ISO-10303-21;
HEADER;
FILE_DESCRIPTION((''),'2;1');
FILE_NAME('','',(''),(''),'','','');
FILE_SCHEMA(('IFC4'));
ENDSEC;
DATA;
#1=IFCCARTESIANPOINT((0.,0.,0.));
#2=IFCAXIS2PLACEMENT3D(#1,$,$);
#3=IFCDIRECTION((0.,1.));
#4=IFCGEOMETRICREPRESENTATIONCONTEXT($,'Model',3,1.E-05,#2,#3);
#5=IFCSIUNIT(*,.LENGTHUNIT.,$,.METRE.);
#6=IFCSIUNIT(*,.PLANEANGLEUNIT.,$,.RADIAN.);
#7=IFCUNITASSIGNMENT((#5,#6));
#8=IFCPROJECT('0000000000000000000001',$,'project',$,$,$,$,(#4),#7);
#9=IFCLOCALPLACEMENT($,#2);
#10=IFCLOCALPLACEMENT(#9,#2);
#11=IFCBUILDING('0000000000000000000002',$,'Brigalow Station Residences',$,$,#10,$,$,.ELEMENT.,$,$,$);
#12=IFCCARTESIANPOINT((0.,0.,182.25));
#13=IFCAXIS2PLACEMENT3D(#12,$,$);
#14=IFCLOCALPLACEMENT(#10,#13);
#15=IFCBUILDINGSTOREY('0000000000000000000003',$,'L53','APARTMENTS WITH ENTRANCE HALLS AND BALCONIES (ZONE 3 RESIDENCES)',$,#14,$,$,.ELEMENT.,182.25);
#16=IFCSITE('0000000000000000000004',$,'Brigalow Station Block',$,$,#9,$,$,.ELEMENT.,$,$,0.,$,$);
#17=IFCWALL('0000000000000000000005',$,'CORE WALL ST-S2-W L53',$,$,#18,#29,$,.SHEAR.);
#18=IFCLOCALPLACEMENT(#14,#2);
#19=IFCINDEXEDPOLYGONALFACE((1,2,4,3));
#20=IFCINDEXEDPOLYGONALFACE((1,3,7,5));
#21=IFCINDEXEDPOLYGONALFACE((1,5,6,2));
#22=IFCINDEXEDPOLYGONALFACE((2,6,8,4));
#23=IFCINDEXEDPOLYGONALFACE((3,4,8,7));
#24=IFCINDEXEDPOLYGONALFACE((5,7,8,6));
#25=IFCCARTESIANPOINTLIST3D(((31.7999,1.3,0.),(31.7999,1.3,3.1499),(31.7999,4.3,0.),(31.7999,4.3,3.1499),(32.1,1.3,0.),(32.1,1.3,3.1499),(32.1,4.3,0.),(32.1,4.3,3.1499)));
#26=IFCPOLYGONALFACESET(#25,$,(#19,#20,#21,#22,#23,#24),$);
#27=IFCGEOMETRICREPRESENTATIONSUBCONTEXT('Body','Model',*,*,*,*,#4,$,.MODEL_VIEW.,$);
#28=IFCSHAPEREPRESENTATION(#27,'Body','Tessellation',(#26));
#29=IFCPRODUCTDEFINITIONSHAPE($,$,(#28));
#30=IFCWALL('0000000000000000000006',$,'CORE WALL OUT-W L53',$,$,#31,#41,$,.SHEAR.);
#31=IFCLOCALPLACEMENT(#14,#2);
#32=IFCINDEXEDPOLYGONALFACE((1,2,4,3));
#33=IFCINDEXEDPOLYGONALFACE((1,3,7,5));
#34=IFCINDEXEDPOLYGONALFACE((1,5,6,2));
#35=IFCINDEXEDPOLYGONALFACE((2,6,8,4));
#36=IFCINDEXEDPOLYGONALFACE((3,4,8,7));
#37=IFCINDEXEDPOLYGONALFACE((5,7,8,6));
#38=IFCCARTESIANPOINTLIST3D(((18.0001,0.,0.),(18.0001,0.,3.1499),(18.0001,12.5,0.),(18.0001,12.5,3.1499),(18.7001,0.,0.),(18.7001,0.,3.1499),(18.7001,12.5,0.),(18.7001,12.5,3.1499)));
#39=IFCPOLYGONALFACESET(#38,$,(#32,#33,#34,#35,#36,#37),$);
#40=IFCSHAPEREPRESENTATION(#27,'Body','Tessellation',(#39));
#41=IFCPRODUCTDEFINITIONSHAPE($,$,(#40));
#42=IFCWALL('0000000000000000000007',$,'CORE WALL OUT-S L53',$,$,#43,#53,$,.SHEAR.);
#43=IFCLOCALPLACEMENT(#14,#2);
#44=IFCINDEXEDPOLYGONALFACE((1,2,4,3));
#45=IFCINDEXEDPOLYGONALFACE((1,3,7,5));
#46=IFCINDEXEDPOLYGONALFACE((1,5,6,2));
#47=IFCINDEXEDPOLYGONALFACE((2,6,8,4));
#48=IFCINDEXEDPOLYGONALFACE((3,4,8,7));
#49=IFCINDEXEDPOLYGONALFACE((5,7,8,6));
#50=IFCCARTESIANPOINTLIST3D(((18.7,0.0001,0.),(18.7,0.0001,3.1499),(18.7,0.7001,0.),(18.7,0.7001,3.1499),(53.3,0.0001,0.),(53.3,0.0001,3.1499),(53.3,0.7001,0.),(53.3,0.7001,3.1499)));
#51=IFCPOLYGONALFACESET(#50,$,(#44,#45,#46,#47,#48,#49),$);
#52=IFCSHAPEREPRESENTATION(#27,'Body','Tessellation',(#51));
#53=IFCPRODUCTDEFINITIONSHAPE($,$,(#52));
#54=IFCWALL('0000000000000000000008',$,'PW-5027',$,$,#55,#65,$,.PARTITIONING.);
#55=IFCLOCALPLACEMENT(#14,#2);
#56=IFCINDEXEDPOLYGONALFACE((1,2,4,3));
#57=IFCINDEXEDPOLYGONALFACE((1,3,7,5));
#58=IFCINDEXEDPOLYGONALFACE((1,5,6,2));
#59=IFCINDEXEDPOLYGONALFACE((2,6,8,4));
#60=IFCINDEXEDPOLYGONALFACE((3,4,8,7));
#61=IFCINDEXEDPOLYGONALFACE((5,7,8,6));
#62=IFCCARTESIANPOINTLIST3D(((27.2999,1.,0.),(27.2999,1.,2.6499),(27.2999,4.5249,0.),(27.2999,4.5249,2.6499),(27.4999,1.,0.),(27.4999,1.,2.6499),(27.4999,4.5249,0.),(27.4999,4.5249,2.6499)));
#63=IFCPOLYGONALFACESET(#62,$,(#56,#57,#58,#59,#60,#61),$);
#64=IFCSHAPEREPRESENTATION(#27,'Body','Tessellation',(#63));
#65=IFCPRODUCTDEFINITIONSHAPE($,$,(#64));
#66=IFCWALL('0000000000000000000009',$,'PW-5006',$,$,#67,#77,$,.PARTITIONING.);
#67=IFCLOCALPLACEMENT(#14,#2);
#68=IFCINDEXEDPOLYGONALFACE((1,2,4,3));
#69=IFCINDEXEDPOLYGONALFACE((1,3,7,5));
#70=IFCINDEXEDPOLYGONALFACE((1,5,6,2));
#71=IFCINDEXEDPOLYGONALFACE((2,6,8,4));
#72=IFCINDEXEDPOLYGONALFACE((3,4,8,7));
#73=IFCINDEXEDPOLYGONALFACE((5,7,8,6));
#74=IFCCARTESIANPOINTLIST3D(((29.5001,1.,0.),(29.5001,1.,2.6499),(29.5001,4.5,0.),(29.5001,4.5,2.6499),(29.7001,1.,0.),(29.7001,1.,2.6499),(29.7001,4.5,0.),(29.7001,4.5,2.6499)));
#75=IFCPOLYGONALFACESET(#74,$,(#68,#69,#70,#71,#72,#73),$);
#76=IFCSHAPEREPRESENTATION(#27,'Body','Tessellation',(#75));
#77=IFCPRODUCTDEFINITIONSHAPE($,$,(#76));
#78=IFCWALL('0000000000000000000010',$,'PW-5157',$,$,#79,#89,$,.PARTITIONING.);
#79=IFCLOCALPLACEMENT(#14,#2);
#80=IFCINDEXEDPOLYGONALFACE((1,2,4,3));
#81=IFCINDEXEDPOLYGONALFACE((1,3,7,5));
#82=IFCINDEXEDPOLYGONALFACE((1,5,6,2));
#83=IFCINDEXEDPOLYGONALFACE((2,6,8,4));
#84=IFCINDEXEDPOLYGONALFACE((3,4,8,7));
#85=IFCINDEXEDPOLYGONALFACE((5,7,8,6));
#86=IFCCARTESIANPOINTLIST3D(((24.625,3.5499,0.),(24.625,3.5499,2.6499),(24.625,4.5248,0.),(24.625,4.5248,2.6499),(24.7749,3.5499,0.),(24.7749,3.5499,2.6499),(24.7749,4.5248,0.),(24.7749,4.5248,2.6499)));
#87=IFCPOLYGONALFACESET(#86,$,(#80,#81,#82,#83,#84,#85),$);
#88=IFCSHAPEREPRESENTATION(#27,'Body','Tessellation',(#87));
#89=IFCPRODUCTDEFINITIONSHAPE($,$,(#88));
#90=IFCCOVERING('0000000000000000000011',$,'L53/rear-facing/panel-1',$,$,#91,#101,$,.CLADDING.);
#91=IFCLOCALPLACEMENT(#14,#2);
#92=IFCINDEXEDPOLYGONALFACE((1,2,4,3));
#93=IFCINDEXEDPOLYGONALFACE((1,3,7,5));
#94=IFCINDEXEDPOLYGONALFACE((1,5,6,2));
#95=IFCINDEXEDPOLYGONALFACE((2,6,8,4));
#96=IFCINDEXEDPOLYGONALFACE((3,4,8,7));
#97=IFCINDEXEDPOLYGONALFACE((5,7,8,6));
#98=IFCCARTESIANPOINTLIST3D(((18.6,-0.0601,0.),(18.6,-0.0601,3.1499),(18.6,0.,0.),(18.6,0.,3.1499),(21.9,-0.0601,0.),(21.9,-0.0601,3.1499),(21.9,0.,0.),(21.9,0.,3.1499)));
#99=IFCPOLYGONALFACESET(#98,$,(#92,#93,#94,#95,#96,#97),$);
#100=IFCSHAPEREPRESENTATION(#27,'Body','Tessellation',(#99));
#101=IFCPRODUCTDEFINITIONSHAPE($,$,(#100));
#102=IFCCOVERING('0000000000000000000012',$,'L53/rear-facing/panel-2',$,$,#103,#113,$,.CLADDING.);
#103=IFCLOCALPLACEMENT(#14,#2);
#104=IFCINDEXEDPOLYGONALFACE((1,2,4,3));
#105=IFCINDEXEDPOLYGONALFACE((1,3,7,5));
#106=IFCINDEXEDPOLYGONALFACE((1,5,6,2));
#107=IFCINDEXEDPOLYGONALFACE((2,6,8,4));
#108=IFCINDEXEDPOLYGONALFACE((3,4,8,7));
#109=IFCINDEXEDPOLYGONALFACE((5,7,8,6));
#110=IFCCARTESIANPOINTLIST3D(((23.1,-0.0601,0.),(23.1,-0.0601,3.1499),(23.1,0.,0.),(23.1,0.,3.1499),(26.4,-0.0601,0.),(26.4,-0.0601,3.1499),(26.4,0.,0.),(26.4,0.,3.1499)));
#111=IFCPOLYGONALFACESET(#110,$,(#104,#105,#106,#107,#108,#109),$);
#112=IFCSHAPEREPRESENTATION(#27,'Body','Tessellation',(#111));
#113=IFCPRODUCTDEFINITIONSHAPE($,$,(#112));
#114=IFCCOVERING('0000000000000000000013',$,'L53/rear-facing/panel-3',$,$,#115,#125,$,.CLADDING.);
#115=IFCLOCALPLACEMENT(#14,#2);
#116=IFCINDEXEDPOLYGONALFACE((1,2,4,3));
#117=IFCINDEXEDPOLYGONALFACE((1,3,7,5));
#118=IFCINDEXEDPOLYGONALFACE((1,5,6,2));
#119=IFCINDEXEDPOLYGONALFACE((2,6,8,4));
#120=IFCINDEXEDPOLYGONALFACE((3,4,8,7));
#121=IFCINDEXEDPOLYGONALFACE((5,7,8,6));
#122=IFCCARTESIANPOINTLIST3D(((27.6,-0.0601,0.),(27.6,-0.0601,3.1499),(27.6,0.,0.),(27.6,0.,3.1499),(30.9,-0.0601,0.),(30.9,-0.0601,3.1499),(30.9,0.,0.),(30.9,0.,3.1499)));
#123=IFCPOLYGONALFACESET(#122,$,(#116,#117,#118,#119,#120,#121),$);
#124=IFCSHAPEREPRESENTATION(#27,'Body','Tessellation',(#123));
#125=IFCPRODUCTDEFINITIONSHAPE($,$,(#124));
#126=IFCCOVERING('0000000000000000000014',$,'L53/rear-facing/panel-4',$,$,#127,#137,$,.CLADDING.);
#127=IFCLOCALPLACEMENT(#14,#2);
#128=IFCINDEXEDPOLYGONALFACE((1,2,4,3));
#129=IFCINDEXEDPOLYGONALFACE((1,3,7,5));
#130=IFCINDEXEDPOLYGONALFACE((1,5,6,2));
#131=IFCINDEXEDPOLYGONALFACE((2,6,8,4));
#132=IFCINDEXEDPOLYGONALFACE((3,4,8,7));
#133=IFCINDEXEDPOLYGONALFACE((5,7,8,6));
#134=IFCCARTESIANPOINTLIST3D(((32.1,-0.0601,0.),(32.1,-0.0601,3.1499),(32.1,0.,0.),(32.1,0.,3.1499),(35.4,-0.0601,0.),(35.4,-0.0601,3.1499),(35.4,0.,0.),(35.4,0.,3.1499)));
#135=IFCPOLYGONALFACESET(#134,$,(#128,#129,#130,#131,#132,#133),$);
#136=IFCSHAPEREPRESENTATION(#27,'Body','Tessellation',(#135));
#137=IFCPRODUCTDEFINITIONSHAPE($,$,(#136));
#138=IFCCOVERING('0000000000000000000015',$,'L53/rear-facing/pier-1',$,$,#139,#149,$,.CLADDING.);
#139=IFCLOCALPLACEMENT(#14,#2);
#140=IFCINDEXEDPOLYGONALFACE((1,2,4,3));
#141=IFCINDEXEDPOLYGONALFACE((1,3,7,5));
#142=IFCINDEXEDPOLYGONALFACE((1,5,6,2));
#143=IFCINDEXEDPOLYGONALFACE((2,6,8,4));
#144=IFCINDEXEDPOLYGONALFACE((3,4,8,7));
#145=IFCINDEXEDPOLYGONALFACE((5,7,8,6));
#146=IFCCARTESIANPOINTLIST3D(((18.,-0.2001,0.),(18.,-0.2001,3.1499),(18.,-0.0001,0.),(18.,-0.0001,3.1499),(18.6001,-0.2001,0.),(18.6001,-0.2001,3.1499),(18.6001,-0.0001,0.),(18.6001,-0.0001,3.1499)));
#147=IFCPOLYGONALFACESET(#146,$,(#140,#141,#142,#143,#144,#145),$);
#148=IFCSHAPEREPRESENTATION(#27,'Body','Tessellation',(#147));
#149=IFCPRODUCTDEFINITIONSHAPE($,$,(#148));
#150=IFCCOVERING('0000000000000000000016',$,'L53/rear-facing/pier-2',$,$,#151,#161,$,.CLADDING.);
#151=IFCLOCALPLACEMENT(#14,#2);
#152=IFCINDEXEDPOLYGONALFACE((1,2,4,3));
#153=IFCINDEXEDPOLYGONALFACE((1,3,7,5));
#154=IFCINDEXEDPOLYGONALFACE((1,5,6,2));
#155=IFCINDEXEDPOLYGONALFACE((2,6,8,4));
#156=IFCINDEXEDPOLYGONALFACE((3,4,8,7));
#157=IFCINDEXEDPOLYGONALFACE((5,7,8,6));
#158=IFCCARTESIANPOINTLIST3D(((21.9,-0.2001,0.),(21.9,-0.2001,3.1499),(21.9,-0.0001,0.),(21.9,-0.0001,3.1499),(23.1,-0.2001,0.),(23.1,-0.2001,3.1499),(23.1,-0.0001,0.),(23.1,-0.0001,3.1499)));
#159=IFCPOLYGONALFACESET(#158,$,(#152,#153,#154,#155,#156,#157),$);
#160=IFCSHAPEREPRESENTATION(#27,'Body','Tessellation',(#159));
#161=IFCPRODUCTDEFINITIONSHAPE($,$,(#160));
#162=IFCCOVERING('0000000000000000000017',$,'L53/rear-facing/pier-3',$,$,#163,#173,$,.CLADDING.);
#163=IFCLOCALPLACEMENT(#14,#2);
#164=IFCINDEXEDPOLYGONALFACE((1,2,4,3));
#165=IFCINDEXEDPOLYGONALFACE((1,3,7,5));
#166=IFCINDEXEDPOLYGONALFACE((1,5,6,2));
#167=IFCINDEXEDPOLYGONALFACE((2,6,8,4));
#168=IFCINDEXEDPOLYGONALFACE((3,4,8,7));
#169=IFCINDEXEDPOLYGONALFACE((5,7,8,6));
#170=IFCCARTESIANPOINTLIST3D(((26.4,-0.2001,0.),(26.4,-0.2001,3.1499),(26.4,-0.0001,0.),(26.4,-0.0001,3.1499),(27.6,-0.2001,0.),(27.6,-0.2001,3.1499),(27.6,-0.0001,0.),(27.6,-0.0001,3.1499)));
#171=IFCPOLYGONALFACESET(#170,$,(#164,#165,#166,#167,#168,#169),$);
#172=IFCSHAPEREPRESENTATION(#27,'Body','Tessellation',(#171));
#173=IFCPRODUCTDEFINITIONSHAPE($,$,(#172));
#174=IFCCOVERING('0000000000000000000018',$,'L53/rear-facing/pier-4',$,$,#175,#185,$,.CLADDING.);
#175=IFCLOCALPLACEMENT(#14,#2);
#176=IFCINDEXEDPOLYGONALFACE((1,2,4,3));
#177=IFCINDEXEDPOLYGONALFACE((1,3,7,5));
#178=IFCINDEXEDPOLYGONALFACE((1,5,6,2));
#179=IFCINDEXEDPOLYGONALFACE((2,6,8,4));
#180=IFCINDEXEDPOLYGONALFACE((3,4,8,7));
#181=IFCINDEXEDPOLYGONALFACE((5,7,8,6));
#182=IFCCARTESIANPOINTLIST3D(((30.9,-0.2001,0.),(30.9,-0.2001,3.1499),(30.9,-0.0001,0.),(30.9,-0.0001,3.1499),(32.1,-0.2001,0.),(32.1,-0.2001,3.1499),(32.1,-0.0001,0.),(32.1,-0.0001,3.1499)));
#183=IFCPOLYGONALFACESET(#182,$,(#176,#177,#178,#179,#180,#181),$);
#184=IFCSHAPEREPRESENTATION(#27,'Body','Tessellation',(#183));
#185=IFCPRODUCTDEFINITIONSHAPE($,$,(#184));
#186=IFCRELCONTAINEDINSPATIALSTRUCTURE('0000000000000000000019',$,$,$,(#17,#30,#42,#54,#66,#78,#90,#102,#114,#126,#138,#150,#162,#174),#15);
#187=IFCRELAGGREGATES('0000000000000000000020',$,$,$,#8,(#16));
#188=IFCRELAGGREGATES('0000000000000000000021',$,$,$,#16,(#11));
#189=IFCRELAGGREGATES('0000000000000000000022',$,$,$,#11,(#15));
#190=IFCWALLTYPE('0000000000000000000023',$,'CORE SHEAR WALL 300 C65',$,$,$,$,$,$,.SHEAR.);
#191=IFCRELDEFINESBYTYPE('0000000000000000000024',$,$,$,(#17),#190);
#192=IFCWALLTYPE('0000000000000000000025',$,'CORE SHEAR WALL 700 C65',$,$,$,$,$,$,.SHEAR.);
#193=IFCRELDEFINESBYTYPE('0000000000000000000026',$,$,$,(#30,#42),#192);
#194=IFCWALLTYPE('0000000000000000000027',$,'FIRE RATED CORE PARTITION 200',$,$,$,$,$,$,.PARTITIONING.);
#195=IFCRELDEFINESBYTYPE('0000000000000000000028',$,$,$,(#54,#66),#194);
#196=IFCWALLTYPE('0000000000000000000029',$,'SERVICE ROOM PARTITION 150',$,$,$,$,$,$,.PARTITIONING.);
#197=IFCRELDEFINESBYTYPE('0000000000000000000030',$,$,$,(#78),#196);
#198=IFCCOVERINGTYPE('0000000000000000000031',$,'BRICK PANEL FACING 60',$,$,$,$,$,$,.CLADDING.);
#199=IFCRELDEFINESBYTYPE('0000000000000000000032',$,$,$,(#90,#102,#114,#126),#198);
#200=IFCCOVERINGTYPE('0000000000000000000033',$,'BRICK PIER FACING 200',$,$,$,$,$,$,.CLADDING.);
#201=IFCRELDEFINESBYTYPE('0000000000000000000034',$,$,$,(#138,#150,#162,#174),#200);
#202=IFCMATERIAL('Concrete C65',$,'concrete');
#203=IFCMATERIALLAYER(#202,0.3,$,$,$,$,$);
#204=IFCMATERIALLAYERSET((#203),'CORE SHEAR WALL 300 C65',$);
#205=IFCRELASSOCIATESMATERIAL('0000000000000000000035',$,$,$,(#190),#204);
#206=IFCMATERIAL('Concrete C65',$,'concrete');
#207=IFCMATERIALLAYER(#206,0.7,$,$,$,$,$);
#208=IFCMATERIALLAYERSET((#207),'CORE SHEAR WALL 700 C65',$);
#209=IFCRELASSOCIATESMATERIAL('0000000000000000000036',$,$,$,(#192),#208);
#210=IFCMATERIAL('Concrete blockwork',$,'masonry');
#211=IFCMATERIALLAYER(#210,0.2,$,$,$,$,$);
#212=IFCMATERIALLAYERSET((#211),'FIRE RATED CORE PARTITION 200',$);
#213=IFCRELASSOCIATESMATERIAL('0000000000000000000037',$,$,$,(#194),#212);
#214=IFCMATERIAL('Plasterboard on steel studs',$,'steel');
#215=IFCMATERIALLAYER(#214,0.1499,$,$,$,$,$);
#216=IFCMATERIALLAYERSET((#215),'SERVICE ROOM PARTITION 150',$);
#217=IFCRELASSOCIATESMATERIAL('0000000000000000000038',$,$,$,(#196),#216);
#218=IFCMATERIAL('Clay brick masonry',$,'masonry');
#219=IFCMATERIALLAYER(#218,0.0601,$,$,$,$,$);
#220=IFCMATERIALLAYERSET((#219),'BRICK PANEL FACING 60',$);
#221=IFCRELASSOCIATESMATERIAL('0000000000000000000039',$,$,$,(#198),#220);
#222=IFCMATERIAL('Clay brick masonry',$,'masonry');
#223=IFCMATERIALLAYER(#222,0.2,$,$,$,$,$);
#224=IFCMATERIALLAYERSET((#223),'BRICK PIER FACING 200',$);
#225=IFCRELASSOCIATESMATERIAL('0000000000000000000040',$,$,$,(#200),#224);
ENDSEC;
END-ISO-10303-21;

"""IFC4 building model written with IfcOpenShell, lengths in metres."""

from ifc_helpers import new_model, si_unit, direction, frame, frame_2d, origin, origin_2d, place, context, subcontext, project, spatial, rectangle, extrude, material, layer, layer_set, type_object, element, save


model = new_model("IFC4")

# Units and contexts
model_context = context("Model", 3, precision=1e-05, world=origin(), true_north=direction((0.0, 1.0)))
body_context = subcontext(model_context, "Body", "Model", "MODEL_VIEW")
ifc_project = project(units=[si_unit("LENGTHUNIT", "METRE"), si_unit("PLANEANGLEUNIT", "RADIAN")], contexts=[model_context])

# Site, building, storey
site_placement = place(None, origin())
site = spatial("IfcSite", under=ifc_project, at=site_placement, Name="Brigalow Station Block", CompositionType="ELEMENT", RefElevation=0.0)
building_placement = place(site_placement, origin())
building = spatial("IfcBuilding", under=site, at=building_placement, Name="Brigalow Station Residences", CompositionType="ELEMENT")
storey_placement = place(building_placement, frame((0.0, 0.0, 182.25)))
storey = spatial("IfcBuildingStorey", under=building, at=storey_placement, Name="L53", Description="APARTMENTS WITH ENTRANCE HALLS AND BALCONIES (ZONE 3 RESIDENCES)", CompositionType="ELEMENT", Elevation=182.25)

# Shared definitions
ifc_material_1 = material(Name="Concrete C65", Category="concrete")
ifc_layer_1 = layer(ifc_material_1, 0.3)
ifc_layer_set_1 = layer_set([ifc_layer_1], Name="CORE SHEAR WALL 300 C65")
wall_type_1 = type_object("IfcWallType", Name="CORE SHEAR WALL 300 C65", PredefinedType="SHEAR", material=ifc_layer_set_1)

# Walls
wall_1_placement = place(storey_placement, frame((31.95, 1.3, 0.0), z_axis=(0.0, 0.0, 1.0), x_axis=(0.0, 1.0, 0.0)))
element("IfcWall", 1, at=wall_1_placement, inside=storey, type_object=wall_type_1, Name="CORE WALL ST-S2-W L53", PredefinedType="SHEAR", context=body_context, shape_type="SweptSolid", body=[
    extrude(rectangle(XDim=3.0, YDim=0.3, at=frame_2d((1.5, 0.0))), origin(), (0.0, 0.0, 1.0), 3.1499),
])
ifc_material_2 = material(Name="Concrete C65", Category="concrete")
ifc_layer_2 = layer(ifc_material_2, 0.7)
ifc_layer_set_2 = layer_set([ifc_layer_2], Name="CORE SHEAR WALL 700 C65")
wall_type_2 = type_object("IfcWallType", Name="CORE SHEAR WALL 700 C65", PredefinedType="SHEAR", material=ifc_layer_set_2)
wall_2_placement = place(storey_placement, frame((18.3501, 0.0, 0.0), z_axis=(0.0, 0.0, 1.0), x_axis=(0.0, 1.0, 0.0)))
element("IfcWall", 2, at=wall_2_placement, inside=storey, type_object=wall_type_2, Name="CORE WALL OUT-W L53", PredefinedType="SHEAR", context=body_context, shape_type="SweptSolid", body=[
    extrude(rectangle(XDim=12.5, YDim=0.7, at=frame_2d((6.25, 0.0))), origin(), (0.0, 0.0, 1.0), 3.1499),
])
wall_3_placement = place(storey_placement, frame((18.7, 0.3501, 0.0), z_axis=(0.0, 0.0, 1.0), x_axis=(1.0, 0.0, 0.0)))
element("IfcWall", 3, at=wall_3_placement, inside=storey, type_object=wall_type_2, Name="CORE WALL OUT-S L53", PredefinedType="SHEAR", context=body_context, shape_type="SweptSolid", body=[
    extrude(rectangle(XDim=34.6001, YDim=0.7, at=frame_2d((17.3, 0.0))), origin(), (0.0, 0.0, 1.0), 3.1499),
])
ifc_material_3 = material(Name="Concrete blockwork", Category="masonry")
ifc_layer_3 = layer(ifc_material_3, 0.2)
ifc_layer_set_3 = layer_set([ifc_layer_3], Name="FIRE RATED CORE PARTITION 200")
wall_type_3 = type_object("IfcWallType", Name="FIRE RATED CORE PARTITION 200", PredefinedType="PARTITIONING", material=ifc_layer_set_3)
wall_4_placement = place(storey_placement, frame((27.3999, 1.0, 0.0), z_axis=(0.0, 0.0, 1.0), x_axis=(0.0, 1.0, 0.0)))
element("IfcWall", 4, at=wall_4_placement, inside=storey, type_object=wall_type_3, Name="PW-5027", PredefinedType="PARTITIONING", context=body_context, shape_type="SweptSolid", body=[
    extrude(rectangle(XDim=3.5249, YDim=0.2, at=frame_2d((1.7625, 0.0))), origin(), (0.0, 0.0, 1.0), 2.6499),
])
wall_5_placement = place(storey_placement, frame((29.6001, 1.0, 0.0), z_axis=(0.0, 0.0, 1.0), x_axis=(0.0, 1.0, 0.0)))
element("IfcWall", 5, at=wall_5_placement, inside=storey, type_object=wall_type_3, Name="PW-5006", PredefinedType="PARTITIONING", context=body_context, shape_type="SweptSolid", body=[
    extrude(rectangle(XDim=3.5, YDim=0.2, at=frame_2d((1.75, 0.0))), origin(), (0.0, 0.0, 1.0), 2.6499),
])
ifc_material_4 = material(Name="Plasterboard on steel studs", Category="steel")
ifc_layer_4 = layer(ifc_material_4, 0.1499)
ifc_layer_set_4 = layer_set([ifc_layer_4], Name="SERVICE ROOM PARTITION 150")
wall_type_4 = type_object("IfcWallType", Name="SERVICE ROOM PARTITION 150", PredefinedType="PARTITIONING", material=ifc_layer_set_4)
wall_6_placement = place(storey_placement, frame((24.7, 3.55, 0.0), z_axis=(0.0, 0.0, 1.0), x_axis=(0.0, 1.0, 0.0)))
element("IfcWall", 6, at=wall_6_placement, inside=storey, type_object=wall_type_4, Name="PW-5157", PredefinedType="PARTITIONING", context=body_context, shape_type="SweptSolid", body=[
    extrude(rectangle(XDim=0.9749, YDim=0.1499, at=frame_2d((0.4873, 0.0))), origin(), (0.0, 0.0, 1.0), 2.6499),
])

# Coverings
ifc_material_5 = material(Name="Clay brick masonry", Category="masonry")
ifc_layer_5 = layer(ifc_material_5, 0.0601)
ifc_layer_set_5 = layer_set([ifc_layer_5], Name="BRICK PANEL FACING 60")
covering_type_1 = type_object("IfcCoveringType", Name="BRICK PANEL FACING 60", PredefinedType="CLADDING", material=ifc_layer_set_5)
for number, where, z_axis, x_axis, name in (
    (7, (20.25, -0.03, 0.0), (0.0, 0.0, 1.0), (1.0, 0.0, 0.0), "L53/rear-facing/panel-1"),
    (8, (24.75, -0.03, 0.0), (0.0, 0.0, 1.0), (1.0, 0.0, 0.0), "L53/rear-facing/panel-2"),
    (9, (29.25, -0.03, 0.0), (0.0, 0.0, 1.0), (1.0, 0.0, 0.0), "L53/rear-facing/panel-3"),
    (10, (33.75, -0.03, 0.0), (0.0, 0.0, 1.0), (1.0, 0.0, 0.0), "L53/rear-facing/panel-4"),
):
    element("IfcCovering", number, at=place(storey_placement, frame(where, z_axis=z_axis, x_axis=x_axis)), inside=storey, type_object=covering_type_1, Name=name, PredefinedType="CLADDING", context=body_context, shape_type="SweptSolid", body=[
        extrude(rectangle(XDim=3.3, YDim=0.0601, at=origin_2d()), origin(), (0.0, 0.0, 1.0), 3.1499),
    ])
ifc_material_6 = material(Name="Clay brick masonry", Category="masonry")
ifc_layer_6 = layer(ifc_material_6, 0.2)
ifc_layer_set_6 = layer_set([ifc_layer_6], Name="BRICK PIER FACING 200")
covering_type_2 = type_object("IfcCoveringType", Name="BRICK PIER FACING 200", PredefinedType="CLADDING", material=ifc_layer_set_6)
covering_placement = place(storey_placement, frame((18.3, -0.1001, 0.0), z_axis=(0.0, 0.0, 1.0), x_axis=(1.0, 0.0, 0.0)))
element("IfcCovering", 11, at=covering_placement, inside=storey, type_object=covering_type_2, Name="L53/rear-facing/pier-1", PredefinedType="CLADDING", context=body_context, shape_type="SweptSolid", body=[
    extrude(rectangle(XDim=0.6001, YDim=0.2, at=origin_2d()), origin(), (0.0, 0.0, 1.0), 3.1499),
])
for number, where, z_axis, x_axis, name in (
    (12, (22.5, -0.1001, 0.0), (0.0, 0.0, 1.0), (1.0, 0.0, 0.0), "L53/rear-facing/pier-2"),
    (13, (27.0, -0.1001, 0.0), (0.0, 0.0, 1.0), (1.0, 0.0, 0.0), "L53/rear-facing/pier-3"),
    (14, (31.5, -0.1001, 0.0), (0.0, 0.0, 1.0), (1.0, 0.0, 0.0), "L53/rear-facing/pier-4"),
):
    element("IfcCovering", number, at=place(storey_placement, frame(where, z_axis=z_axis, x_axis=x_axis)), inside=storey, type_object=covering_type_2, Name=name, PredefinedType="CLADDING", context=body_context, shape_type="SweptSolid", body=[
        extrude(rectangle(XDim=1.2, YDim=0.2, at=origin_2d()), origin(), (0.0, 0.0, 1.0), 3.1499),
    ])

save(model, "model.ifc")
